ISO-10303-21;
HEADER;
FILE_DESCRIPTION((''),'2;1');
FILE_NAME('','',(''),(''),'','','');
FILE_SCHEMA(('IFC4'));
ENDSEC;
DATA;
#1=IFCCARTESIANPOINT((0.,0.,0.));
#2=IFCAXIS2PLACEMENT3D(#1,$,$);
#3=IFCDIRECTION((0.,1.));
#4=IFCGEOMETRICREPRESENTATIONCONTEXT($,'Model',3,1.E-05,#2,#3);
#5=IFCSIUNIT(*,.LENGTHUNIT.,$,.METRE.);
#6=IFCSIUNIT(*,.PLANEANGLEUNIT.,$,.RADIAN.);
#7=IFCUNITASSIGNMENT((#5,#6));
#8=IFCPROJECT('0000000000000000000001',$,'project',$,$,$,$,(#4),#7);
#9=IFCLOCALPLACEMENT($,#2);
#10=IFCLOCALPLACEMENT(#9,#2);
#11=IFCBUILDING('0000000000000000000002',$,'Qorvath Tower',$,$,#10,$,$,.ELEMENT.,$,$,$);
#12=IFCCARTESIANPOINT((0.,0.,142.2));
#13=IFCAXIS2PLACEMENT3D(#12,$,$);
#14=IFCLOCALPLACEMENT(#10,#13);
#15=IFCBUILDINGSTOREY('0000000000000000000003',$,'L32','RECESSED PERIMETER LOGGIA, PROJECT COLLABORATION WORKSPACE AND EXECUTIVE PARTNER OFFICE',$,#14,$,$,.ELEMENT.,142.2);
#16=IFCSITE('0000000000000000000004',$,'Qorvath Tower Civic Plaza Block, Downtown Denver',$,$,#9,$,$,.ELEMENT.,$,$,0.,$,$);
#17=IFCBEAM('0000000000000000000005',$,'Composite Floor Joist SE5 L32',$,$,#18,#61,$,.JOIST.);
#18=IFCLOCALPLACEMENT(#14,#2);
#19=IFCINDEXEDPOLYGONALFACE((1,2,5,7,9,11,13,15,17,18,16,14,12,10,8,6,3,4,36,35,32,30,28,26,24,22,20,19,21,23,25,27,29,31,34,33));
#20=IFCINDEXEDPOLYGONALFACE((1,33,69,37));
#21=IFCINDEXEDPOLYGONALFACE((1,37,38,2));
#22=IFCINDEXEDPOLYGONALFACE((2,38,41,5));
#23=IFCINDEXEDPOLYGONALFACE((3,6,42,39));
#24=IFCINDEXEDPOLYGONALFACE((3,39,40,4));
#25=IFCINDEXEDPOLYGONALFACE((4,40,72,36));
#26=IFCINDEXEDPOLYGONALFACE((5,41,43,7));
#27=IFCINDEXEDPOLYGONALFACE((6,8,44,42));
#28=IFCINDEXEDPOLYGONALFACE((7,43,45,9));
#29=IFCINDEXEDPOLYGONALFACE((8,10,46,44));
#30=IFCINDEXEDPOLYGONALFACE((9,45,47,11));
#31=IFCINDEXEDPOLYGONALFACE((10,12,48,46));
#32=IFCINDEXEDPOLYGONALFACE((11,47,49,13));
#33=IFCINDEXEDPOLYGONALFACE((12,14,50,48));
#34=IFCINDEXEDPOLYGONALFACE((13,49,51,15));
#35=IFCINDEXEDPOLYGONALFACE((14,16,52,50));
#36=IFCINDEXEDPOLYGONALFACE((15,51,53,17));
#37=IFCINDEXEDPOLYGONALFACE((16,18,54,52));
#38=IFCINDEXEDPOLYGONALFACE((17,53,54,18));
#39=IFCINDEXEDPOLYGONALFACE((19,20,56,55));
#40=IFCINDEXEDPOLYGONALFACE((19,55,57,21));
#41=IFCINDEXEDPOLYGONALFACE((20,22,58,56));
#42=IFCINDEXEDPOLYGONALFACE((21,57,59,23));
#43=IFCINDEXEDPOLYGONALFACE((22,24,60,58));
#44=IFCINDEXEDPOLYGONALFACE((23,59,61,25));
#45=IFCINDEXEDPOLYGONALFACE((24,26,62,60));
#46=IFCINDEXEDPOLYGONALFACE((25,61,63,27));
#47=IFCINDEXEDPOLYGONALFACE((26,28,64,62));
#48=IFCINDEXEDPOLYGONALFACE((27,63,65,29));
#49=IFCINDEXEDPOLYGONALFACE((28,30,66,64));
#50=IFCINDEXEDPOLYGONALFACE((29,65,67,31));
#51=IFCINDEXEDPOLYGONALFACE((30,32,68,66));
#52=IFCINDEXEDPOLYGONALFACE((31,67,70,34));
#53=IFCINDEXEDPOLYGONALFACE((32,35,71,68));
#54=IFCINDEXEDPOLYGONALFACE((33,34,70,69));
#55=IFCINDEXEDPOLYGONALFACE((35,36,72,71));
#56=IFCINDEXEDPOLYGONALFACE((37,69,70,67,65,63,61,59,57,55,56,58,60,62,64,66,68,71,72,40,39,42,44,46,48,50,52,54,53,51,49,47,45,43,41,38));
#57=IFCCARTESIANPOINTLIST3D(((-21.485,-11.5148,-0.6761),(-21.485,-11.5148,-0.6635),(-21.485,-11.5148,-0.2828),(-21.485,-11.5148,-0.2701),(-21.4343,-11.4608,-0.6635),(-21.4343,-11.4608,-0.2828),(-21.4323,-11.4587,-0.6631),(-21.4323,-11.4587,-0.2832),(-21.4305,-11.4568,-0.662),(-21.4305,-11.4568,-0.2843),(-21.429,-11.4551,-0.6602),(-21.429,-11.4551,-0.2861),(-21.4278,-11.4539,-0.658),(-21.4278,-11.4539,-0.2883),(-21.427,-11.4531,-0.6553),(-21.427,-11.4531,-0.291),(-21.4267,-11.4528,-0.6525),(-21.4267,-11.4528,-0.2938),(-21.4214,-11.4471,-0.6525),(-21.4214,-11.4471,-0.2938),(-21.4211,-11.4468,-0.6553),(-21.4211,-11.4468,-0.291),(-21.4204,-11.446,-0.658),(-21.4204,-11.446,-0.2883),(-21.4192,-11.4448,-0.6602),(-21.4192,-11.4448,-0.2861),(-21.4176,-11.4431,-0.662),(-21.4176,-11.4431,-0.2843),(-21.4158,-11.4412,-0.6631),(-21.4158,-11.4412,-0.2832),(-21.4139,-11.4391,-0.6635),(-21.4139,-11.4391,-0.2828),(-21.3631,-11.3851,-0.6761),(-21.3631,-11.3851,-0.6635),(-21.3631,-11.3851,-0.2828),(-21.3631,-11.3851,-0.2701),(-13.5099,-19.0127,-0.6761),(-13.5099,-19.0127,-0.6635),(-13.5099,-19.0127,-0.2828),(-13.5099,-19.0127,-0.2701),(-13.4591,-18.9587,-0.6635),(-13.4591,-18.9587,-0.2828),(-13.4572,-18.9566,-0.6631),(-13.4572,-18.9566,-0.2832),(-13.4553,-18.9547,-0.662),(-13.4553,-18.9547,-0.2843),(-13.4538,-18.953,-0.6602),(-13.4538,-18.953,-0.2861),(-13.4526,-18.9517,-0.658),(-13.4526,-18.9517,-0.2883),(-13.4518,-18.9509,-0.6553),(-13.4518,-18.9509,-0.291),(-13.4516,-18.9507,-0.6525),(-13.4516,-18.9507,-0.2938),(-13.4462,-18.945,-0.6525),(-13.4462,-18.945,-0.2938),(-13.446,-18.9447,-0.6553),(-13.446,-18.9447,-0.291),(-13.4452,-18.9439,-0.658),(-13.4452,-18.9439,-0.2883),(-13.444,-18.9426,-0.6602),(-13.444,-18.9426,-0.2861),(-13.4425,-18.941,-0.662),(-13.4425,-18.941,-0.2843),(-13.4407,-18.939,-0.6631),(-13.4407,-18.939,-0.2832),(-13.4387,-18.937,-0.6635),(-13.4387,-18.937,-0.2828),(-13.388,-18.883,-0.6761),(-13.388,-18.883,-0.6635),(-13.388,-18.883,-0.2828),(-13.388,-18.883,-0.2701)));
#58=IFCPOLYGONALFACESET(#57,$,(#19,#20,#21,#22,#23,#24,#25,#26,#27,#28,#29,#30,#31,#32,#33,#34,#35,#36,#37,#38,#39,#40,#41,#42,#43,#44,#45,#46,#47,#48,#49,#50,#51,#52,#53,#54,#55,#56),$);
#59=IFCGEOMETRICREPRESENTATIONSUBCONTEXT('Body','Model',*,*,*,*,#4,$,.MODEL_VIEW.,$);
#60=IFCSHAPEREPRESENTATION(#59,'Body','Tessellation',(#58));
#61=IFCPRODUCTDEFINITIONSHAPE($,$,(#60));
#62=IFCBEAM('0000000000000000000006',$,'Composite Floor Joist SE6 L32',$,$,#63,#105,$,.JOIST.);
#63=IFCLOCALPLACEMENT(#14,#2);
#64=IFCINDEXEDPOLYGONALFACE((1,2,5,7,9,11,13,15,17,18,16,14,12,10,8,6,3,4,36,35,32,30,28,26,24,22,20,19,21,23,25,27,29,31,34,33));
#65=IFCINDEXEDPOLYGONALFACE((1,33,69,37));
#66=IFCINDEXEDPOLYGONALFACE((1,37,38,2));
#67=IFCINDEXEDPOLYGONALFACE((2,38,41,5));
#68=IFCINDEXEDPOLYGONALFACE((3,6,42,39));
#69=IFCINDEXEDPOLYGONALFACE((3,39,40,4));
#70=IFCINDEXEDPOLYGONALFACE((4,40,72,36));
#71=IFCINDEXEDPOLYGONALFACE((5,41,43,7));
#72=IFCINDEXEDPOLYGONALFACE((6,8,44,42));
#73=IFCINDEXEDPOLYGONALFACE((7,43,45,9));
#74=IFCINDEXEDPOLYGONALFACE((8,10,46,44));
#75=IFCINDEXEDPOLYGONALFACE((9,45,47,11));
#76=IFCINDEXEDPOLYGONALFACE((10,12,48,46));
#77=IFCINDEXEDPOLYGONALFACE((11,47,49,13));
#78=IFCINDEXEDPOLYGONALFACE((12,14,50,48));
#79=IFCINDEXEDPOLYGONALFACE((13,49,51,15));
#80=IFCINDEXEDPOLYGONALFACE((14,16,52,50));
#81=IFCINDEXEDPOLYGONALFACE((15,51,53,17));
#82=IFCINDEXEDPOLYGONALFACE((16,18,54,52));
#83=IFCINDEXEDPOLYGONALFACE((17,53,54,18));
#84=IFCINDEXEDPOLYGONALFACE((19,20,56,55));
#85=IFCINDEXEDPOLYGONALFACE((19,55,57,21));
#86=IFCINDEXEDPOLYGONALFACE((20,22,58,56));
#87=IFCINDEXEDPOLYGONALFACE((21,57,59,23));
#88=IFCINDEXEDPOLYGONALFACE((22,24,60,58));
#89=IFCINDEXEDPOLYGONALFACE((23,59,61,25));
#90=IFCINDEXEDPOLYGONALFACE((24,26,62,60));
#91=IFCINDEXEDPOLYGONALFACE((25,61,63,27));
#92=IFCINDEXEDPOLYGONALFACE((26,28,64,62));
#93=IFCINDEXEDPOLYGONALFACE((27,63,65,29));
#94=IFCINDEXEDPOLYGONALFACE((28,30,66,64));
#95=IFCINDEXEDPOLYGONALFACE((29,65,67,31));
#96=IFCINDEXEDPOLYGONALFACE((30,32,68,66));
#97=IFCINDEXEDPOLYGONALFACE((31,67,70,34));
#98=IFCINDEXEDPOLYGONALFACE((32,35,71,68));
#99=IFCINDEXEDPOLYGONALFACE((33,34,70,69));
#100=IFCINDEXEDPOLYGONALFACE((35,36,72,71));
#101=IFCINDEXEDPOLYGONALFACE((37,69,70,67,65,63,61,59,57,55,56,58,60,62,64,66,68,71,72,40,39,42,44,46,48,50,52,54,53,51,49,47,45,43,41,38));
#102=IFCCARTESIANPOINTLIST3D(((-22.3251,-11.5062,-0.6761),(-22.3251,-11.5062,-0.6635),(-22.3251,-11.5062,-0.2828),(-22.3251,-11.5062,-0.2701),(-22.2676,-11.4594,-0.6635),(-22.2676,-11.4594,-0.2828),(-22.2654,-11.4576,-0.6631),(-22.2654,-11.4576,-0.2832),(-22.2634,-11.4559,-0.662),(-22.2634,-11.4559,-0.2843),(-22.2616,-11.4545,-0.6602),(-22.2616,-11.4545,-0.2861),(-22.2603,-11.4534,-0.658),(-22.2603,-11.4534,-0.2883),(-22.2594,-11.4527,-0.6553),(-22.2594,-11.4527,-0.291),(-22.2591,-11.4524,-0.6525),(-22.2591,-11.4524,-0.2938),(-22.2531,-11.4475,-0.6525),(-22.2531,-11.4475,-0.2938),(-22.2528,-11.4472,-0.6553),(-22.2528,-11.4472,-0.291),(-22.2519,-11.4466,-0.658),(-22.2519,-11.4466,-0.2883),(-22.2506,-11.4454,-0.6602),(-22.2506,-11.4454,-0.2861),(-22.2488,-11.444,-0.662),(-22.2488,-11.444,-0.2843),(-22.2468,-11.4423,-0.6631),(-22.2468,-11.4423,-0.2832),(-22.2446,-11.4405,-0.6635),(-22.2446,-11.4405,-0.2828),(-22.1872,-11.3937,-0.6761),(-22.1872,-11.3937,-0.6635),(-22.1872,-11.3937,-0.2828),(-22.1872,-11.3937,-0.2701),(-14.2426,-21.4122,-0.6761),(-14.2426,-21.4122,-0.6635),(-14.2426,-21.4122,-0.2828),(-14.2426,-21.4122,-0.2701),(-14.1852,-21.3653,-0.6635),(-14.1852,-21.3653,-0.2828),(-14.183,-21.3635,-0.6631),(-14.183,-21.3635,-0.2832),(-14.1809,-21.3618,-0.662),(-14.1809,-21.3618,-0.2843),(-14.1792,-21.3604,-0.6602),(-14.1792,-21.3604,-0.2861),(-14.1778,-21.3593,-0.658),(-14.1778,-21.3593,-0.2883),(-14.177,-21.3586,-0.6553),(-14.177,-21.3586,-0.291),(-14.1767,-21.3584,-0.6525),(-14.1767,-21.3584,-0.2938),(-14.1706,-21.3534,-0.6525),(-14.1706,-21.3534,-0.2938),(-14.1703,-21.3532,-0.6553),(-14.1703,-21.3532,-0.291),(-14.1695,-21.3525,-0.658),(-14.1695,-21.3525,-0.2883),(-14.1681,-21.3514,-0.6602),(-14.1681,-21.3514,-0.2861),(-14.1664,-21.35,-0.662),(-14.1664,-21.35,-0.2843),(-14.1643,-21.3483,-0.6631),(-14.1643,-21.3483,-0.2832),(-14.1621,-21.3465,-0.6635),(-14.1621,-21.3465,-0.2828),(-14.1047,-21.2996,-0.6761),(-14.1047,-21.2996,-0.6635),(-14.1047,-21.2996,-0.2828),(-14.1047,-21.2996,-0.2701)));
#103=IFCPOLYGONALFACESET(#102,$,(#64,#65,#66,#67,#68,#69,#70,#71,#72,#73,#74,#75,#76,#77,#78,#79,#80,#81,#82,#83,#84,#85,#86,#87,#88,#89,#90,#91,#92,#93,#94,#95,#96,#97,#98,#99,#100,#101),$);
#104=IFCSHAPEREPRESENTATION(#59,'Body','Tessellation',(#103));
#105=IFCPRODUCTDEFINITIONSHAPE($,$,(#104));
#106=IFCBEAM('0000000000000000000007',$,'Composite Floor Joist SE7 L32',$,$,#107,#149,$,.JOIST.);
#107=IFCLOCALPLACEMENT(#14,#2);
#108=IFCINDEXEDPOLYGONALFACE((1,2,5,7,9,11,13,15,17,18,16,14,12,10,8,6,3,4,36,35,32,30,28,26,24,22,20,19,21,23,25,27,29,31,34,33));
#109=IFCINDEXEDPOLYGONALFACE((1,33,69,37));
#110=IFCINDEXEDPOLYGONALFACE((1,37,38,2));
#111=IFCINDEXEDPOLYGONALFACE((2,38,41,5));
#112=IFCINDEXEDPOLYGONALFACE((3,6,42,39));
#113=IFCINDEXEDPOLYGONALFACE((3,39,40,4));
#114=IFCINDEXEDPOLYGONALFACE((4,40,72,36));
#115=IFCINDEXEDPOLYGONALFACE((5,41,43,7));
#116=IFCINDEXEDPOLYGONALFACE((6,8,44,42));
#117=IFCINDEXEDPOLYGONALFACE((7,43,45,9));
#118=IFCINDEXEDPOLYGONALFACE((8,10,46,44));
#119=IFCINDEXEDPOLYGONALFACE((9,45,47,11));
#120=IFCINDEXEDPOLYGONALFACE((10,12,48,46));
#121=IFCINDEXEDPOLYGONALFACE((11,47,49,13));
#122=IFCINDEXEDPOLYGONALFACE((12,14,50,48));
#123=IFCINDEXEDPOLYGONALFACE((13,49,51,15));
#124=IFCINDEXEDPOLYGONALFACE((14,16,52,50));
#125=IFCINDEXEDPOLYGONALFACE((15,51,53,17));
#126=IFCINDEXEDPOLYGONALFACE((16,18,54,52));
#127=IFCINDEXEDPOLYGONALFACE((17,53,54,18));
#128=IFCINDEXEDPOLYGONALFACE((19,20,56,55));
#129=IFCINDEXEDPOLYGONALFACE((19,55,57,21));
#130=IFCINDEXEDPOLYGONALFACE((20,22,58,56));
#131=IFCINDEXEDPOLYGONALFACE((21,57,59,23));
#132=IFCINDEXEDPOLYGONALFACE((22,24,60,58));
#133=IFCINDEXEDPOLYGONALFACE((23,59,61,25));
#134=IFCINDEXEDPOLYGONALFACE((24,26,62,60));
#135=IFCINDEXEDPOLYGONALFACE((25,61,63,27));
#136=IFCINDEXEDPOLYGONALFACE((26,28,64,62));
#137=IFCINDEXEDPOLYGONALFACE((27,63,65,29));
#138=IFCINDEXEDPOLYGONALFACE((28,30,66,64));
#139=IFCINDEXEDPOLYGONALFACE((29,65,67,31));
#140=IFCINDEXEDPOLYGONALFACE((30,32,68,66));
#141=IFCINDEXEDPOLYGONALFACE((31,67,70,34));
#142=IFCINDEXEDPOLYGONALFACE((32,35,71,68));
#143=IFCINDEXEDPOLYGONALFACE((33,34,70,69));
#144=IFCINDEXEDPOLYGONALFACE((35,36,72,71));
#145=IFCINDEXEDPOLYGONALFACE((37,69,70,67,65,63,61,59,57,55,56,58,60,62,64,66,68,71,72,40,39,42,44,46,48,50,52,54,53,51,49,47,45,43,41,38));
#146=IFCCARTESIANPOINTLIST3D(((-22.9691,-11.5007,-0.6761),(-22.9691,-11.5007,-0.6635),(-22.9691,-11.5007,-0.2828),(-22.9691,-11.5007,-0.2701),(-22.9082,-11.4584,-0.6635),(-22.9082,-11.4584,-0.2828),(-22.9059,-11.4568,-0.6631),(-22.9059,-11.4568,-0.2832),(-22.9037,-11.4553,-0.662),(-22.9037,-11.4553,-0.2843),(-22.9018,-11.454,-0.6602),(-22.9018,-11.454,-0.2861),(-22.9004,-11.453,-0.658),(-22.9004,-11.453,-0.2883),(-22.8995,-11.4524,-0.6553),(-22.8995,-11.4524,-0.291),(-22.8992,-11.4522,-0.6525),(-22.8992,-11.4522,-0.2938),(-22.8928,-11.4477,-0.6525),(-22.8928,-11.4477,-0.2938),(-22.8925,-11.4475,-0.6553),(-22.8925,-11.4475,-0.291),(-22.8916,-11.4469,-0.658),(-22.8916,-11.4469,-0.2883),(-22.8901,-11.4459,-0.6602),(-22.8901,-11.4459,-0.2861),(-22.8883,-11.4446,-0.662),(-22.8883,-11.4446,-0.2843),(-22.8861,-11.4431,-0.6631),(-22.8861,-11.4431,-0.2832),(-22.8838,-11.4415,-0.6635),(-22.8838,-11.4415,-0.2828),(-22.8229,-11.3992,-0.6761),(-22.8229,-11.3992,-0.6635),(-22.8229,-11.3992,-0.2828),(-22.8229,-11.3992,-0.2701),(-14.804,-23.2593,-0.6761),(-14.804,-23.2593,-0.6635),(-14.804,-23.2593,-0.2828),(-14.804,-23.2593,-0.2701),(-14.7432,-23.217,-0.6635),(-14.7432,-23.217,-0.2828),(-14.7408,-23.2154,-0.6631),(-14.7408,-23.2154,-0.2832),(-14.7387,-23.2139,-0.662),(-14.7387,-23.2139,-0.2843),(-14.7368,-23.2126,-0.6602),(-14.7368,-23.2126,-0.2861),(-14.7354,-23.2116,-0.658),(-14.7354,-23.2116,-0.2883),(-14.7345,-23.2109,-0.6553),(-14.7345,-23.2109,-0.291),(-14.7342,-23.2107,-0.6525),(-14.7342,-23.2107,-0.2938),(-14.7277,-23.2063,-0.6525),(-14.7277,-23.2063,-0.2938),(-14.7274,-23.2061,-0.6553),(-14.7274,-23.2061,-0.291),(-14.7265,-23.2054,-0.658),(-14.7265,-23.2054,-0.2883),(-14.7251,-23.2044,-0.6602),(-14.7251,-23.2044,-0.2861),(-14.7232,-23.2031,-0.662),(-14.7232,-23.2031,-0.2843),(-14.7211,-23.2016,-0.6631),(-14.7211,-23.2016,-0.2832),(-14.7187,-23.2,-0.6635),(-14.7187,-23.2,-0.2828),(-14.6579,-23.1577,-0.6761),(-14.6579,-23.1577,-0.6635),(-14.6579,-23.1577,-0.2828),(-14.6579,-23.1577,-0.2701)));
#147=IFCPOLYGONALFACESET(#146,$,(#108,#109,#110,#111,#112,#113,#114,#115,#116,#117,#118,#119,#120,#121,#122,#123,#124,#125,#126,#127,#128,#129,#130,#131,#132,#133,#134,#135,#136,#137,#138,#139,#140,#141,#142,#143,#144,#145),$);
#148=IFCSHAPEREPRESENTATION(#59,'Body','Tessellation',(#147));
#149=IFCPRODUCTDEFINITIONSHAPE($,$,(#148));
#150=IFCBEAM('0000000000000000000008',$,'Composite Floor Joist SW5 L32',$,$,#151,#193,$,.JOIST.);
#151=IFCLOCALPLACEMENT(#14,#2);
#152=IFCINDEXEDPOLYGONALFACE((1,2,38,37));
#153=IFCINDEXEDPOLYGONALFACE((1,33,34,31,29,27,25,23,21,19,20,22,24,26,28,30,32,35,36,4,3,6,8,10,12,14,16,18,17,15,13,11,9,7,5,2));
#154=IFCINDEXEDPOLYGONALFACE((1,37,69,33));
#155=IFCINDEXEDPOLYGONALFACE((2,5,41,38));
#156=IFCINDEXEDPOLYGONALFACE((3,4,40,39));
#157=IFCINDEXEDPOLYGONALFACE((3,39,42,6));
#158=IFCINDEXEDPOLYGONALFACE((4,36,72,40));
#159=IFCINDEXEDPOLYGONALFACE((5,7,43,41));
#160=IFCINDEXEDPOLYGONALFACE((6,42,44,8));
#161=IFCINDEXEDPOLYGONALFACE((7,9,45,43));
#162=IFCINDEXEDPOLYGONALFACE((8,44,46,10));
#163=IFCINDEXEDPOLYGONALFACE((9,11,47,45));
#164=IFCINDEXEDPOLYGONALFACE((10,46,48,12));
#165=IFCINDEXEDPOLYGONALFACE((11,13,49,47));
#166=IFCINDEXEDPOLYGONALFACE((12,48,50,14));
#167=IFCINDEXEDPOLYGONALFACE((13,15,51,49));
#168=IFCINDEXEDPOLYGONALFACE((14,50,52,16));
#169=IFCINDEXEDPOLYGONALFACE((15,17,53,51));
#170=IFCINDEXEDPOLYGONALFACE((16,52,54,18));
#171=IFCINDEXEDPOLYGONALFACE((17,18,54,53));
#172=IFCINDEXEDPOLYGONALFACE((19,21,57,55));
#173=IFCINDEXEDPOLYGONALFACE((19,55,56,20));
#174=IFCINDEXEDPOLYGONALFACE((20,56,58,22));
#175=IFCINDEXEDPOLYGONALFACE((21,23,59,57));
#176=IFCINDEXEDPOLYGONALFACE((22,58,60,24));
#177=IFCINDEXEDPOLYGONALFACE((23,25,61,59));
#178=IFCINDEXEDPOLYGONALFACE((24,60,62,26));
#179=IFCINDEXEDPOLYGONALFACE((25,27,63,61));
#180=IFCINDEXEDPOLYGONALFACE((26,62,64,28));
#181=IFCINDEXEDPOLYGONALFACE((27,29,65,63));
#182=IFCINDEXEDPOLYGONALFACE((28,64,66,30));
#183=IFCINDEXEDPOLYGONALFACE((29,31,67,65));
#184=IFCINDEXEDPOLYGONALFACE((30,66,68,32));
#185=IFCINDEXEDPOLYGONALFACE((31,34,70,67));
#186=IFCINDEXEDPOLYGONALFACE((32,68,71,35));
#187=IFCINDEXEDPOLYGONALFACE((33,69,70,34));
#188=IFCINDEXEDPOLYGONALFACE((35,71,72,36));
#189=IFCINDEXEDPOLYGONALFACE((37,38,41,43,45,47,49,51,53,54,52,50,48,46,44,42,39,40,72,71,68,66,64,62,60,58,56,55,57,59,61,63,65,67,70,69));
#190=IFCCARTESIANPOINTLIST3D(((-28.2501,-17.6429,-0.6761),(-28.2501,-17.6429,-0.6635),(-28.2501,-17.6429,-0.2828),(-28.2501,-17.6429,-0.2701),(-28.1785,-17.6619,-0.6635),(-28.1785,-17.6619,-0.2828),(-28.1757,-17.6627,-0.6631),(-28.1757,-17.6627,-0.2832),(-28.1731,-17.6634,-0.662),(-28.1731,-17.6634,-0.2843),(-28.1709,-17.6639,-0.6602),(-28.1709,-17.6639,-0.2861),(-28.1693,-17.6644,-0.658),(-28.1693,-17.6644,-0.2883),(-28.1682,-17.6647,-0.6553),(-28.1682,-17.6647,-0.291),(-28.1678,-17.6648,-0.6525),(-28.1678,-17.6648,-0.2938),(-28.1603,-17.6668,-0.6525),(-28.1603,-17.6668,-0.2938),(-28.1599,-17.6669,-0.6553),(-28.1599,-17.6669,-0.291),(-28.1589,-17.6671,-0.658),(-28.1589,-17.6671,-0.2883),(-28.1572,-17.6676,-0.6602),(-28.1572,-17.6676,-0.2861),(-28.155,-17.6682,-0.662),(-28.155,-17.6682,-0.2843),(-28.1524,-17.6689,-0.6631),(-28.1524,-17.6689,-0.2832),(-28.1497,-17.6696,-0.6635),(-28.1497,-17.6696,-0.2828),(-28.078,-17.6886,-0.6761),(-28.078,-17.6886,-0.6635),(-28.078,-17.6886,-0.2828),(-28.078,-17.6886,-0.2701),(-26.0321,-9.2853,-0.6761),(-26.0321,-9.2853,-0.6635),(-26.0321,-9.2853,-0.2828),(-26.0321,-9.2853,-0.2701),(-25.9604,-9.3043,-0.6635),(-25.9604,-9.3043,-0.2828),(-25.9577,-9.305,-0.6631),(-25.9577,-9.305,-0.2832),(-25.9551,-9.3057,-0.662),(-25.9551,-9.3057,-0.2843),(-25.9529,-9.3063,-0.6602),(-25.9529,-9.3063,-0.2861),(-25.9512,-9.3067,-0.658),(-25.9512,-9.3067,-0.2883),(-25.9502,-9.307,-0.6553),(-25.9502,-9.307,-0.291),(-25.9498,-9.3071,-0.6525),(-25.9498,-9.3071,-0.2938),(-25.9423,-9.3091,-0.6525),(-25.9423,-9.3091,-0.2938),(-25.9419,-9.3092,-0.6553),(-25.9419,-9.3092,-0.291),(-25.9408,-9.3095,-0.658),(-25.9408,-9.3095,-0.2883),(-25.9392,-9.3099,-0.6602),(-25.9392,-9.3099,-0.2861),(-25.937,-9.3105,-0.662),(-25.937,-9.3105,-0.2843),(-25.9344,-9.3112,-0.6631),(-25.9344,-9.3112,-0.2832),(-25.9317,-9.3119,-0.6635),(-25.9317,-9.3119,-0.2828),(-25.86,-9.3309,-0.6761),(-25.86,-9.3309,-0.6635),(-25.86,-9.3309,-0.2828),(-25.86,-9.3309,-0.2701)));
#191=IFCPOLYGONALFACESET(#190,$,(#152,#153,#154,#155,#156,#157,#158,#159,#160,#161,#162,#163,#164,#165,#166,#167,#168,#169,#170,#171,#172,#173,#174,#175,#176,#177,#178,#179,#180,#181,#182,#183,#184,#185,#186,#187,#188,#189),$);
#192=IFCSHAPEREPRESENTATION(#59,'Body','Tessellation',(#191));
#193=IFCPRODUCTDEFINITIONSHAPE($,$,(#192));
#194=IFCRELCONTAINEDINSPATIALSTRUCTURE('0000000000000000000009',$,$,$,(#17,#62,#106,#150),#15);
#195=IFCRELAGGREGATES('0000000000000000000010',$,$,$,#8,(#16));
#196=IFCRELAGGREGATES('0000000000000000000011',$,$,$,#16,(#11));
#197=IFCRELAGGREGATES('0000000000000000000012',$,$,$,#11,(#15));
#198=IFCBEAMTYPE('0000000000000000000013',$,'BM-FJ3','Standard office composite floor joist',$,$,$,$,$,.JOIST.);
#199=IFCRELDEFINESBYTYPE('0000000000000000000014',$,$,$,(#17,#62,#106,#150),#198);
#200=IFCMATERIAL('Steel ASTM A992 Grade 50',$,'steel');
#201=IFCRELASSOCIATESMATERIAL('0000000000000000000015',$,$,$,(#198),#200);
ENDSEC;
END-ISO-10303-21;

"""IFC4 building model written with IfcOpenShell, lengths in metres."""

from ifc_helpers import new_model, si_unit, direction, frame, origin, origin_2d, place, context, subcontext, project, spatial, i_section, extrude, material, material_profile, profile_set, type_object, element, save


model = new_model("IFC4")

# Units and contexts
model_context = context("Model", 3, precision=1e-05, world=origin(), true_north=direction((0.0, 1.0)))
body_context = subcontext(model_context, "Body", "Model", "MODEL_VIEW")
ifc_project = project(units=[si_unit("LENGTHUNIT", "METRE"), si_unit("PLANEANGLEUNIT", "RADIAN")], contexts=[model_context])

# Site, building, storey
site_placement = place(None, origin())
site = spatial("IfcSite", under=ifc_project, at=site_placement, Name="Qorvath Tower Civic Plaza Block, Downtown Denver", CompositionType="ELEMENT", RefElevation=0.0)
building_placement = place(site_placement, origin())
building = spatial("IfcBuilding", under=site, at=building_placement, Name="Qorvath Tower", CompositionType="ELEMENT")
storey_placement = place(building_placement, frame((0.0, 0.0, 142.2)))
storey = spatial("IfcBuildingStorey", under=building, at=storey_placement, Name="L32", Description="RECESSED PERIMETER LOGGIA, PROJECT COLLABORATION WORKSPACE AND EXECUTIVE PARTNER OFFICE", CompositionType="ELEMENT", Elevation=142.2)

# Beams
ifc_material_1 = material(Name="Steel ASTM A992 Grade 50", Category="steel")
ifc_material_profile_1 = material_profile(ifc_material_1, i_section(OverallWidth=0.178, OverallDepth=0.406, WebThickness=0.0078, FlangeThickness=0.0127, FilletRadius=0.011, at=origin_2d()), Name="W16x40")
ifc_profile_set_1 = profile_set([ifc_material_profile_1], Name="Steel ASTM A992 Grade 50")
beam_type_1 = type_object("IfcBeamType", Name="BM-FJ3", Description="Standard office composite floor joist", PredefinedType="JOIST", material=ifc_profile_set_1)
beam_1_placement = place(storey_placement, frame((-21.4241, -11.45, -0.4731), z_axis=(0.728572, -0.684969, 0.0), x_axis=(0.684969, 0.728572, 0.0)))
element("IfcBeam", 1, at=beam_1_placement, inside=storey, type_object=beam_type_1, Name="Composite Floor Joist SE5 L32", PredefinedType="JOIST", context=body_context, shape_type="SweptSolid", body=[
    extrude(i_section(OverallWidth=0.178, OverallDepth=0.406, WebThickness=0.0078, FlangeThickness=0.0127, FilletRadius=0.011, at=origin_2d()), origin(), (0.0, 0.0, 1.0), 10.9463),
])
beam_2_placement = place(storey_placement, frame((-22.2561, -11.45, -0.4731), z_axis=(0.632188, -0.774815, 0.0), x_axis=(0.774815, 0.632188, 0.0)))
element("IfcBeam", 2, at=beam_2_placement, inside=storey, type_object=beam_type_1, Name="Composite Floor Joist SE6 L32", PredefinedType="JOIST", context=body_context, shape_type="SweptSolid", body=[
    extrude(i_section(OverallWidth=0.178, OverallDepth=0.406, WebThickness=0.0078, FlangeThickness=0.0127, FilletRadius=0.011, at=origin_2d()), origin(), (0.0, 0.0, 1.0), 12.7849),
])
beam_3_placement = place(storey_placement, frame((-22.896, -11.45, -0.4731), z_axis=(0.570367, -0.82139, 0.0), x_axis=(0.82139, 0.570367, 0.0)))
element("IfcBeam", 3, at=beam_3_placement, inside=storey, type_object=beam_type_1, Name="Composite Floor Joist SE7 L32", PredefinedType="JOIST", context=body_context, shape_type="SweptSolid", body=[
    extrude(i_section(OverallWidth=0.178, OverallDepth=0.406, WebThickness=0.0078, FlangeThickness=0.0127, FilletRadius=0.011, at=origin_2d()), origin(), (0.0, 0.0, 1.0), 14.3154),
])
beam_4_placement = place(storey_placement, frame((-25.946, -9.3081, -0.4731), z_axis=(-0.256508, -0.966542, 0.0), x_axis=(0.966542, -0.256508, 0.0)))
element("IfcBeam", 4, at=beam_4_placement, inside=storey, type_object=beam_type_1, Name="Composite Floor Joist SW5 L32", PredefinedType="JOIST", context=body_context, shape_type="SweptSolid", body=[
    extrude(i_section(OverallWidth=0.178, OverallDepth=0.406, WebThickness=0.0078, FlangeThickness=0.0127, FilletRadius=0.011, at=origin_2d()), origin(), (0.0, 0.0, 1.0), 8.647),
])

save(model, "model.ifc")
